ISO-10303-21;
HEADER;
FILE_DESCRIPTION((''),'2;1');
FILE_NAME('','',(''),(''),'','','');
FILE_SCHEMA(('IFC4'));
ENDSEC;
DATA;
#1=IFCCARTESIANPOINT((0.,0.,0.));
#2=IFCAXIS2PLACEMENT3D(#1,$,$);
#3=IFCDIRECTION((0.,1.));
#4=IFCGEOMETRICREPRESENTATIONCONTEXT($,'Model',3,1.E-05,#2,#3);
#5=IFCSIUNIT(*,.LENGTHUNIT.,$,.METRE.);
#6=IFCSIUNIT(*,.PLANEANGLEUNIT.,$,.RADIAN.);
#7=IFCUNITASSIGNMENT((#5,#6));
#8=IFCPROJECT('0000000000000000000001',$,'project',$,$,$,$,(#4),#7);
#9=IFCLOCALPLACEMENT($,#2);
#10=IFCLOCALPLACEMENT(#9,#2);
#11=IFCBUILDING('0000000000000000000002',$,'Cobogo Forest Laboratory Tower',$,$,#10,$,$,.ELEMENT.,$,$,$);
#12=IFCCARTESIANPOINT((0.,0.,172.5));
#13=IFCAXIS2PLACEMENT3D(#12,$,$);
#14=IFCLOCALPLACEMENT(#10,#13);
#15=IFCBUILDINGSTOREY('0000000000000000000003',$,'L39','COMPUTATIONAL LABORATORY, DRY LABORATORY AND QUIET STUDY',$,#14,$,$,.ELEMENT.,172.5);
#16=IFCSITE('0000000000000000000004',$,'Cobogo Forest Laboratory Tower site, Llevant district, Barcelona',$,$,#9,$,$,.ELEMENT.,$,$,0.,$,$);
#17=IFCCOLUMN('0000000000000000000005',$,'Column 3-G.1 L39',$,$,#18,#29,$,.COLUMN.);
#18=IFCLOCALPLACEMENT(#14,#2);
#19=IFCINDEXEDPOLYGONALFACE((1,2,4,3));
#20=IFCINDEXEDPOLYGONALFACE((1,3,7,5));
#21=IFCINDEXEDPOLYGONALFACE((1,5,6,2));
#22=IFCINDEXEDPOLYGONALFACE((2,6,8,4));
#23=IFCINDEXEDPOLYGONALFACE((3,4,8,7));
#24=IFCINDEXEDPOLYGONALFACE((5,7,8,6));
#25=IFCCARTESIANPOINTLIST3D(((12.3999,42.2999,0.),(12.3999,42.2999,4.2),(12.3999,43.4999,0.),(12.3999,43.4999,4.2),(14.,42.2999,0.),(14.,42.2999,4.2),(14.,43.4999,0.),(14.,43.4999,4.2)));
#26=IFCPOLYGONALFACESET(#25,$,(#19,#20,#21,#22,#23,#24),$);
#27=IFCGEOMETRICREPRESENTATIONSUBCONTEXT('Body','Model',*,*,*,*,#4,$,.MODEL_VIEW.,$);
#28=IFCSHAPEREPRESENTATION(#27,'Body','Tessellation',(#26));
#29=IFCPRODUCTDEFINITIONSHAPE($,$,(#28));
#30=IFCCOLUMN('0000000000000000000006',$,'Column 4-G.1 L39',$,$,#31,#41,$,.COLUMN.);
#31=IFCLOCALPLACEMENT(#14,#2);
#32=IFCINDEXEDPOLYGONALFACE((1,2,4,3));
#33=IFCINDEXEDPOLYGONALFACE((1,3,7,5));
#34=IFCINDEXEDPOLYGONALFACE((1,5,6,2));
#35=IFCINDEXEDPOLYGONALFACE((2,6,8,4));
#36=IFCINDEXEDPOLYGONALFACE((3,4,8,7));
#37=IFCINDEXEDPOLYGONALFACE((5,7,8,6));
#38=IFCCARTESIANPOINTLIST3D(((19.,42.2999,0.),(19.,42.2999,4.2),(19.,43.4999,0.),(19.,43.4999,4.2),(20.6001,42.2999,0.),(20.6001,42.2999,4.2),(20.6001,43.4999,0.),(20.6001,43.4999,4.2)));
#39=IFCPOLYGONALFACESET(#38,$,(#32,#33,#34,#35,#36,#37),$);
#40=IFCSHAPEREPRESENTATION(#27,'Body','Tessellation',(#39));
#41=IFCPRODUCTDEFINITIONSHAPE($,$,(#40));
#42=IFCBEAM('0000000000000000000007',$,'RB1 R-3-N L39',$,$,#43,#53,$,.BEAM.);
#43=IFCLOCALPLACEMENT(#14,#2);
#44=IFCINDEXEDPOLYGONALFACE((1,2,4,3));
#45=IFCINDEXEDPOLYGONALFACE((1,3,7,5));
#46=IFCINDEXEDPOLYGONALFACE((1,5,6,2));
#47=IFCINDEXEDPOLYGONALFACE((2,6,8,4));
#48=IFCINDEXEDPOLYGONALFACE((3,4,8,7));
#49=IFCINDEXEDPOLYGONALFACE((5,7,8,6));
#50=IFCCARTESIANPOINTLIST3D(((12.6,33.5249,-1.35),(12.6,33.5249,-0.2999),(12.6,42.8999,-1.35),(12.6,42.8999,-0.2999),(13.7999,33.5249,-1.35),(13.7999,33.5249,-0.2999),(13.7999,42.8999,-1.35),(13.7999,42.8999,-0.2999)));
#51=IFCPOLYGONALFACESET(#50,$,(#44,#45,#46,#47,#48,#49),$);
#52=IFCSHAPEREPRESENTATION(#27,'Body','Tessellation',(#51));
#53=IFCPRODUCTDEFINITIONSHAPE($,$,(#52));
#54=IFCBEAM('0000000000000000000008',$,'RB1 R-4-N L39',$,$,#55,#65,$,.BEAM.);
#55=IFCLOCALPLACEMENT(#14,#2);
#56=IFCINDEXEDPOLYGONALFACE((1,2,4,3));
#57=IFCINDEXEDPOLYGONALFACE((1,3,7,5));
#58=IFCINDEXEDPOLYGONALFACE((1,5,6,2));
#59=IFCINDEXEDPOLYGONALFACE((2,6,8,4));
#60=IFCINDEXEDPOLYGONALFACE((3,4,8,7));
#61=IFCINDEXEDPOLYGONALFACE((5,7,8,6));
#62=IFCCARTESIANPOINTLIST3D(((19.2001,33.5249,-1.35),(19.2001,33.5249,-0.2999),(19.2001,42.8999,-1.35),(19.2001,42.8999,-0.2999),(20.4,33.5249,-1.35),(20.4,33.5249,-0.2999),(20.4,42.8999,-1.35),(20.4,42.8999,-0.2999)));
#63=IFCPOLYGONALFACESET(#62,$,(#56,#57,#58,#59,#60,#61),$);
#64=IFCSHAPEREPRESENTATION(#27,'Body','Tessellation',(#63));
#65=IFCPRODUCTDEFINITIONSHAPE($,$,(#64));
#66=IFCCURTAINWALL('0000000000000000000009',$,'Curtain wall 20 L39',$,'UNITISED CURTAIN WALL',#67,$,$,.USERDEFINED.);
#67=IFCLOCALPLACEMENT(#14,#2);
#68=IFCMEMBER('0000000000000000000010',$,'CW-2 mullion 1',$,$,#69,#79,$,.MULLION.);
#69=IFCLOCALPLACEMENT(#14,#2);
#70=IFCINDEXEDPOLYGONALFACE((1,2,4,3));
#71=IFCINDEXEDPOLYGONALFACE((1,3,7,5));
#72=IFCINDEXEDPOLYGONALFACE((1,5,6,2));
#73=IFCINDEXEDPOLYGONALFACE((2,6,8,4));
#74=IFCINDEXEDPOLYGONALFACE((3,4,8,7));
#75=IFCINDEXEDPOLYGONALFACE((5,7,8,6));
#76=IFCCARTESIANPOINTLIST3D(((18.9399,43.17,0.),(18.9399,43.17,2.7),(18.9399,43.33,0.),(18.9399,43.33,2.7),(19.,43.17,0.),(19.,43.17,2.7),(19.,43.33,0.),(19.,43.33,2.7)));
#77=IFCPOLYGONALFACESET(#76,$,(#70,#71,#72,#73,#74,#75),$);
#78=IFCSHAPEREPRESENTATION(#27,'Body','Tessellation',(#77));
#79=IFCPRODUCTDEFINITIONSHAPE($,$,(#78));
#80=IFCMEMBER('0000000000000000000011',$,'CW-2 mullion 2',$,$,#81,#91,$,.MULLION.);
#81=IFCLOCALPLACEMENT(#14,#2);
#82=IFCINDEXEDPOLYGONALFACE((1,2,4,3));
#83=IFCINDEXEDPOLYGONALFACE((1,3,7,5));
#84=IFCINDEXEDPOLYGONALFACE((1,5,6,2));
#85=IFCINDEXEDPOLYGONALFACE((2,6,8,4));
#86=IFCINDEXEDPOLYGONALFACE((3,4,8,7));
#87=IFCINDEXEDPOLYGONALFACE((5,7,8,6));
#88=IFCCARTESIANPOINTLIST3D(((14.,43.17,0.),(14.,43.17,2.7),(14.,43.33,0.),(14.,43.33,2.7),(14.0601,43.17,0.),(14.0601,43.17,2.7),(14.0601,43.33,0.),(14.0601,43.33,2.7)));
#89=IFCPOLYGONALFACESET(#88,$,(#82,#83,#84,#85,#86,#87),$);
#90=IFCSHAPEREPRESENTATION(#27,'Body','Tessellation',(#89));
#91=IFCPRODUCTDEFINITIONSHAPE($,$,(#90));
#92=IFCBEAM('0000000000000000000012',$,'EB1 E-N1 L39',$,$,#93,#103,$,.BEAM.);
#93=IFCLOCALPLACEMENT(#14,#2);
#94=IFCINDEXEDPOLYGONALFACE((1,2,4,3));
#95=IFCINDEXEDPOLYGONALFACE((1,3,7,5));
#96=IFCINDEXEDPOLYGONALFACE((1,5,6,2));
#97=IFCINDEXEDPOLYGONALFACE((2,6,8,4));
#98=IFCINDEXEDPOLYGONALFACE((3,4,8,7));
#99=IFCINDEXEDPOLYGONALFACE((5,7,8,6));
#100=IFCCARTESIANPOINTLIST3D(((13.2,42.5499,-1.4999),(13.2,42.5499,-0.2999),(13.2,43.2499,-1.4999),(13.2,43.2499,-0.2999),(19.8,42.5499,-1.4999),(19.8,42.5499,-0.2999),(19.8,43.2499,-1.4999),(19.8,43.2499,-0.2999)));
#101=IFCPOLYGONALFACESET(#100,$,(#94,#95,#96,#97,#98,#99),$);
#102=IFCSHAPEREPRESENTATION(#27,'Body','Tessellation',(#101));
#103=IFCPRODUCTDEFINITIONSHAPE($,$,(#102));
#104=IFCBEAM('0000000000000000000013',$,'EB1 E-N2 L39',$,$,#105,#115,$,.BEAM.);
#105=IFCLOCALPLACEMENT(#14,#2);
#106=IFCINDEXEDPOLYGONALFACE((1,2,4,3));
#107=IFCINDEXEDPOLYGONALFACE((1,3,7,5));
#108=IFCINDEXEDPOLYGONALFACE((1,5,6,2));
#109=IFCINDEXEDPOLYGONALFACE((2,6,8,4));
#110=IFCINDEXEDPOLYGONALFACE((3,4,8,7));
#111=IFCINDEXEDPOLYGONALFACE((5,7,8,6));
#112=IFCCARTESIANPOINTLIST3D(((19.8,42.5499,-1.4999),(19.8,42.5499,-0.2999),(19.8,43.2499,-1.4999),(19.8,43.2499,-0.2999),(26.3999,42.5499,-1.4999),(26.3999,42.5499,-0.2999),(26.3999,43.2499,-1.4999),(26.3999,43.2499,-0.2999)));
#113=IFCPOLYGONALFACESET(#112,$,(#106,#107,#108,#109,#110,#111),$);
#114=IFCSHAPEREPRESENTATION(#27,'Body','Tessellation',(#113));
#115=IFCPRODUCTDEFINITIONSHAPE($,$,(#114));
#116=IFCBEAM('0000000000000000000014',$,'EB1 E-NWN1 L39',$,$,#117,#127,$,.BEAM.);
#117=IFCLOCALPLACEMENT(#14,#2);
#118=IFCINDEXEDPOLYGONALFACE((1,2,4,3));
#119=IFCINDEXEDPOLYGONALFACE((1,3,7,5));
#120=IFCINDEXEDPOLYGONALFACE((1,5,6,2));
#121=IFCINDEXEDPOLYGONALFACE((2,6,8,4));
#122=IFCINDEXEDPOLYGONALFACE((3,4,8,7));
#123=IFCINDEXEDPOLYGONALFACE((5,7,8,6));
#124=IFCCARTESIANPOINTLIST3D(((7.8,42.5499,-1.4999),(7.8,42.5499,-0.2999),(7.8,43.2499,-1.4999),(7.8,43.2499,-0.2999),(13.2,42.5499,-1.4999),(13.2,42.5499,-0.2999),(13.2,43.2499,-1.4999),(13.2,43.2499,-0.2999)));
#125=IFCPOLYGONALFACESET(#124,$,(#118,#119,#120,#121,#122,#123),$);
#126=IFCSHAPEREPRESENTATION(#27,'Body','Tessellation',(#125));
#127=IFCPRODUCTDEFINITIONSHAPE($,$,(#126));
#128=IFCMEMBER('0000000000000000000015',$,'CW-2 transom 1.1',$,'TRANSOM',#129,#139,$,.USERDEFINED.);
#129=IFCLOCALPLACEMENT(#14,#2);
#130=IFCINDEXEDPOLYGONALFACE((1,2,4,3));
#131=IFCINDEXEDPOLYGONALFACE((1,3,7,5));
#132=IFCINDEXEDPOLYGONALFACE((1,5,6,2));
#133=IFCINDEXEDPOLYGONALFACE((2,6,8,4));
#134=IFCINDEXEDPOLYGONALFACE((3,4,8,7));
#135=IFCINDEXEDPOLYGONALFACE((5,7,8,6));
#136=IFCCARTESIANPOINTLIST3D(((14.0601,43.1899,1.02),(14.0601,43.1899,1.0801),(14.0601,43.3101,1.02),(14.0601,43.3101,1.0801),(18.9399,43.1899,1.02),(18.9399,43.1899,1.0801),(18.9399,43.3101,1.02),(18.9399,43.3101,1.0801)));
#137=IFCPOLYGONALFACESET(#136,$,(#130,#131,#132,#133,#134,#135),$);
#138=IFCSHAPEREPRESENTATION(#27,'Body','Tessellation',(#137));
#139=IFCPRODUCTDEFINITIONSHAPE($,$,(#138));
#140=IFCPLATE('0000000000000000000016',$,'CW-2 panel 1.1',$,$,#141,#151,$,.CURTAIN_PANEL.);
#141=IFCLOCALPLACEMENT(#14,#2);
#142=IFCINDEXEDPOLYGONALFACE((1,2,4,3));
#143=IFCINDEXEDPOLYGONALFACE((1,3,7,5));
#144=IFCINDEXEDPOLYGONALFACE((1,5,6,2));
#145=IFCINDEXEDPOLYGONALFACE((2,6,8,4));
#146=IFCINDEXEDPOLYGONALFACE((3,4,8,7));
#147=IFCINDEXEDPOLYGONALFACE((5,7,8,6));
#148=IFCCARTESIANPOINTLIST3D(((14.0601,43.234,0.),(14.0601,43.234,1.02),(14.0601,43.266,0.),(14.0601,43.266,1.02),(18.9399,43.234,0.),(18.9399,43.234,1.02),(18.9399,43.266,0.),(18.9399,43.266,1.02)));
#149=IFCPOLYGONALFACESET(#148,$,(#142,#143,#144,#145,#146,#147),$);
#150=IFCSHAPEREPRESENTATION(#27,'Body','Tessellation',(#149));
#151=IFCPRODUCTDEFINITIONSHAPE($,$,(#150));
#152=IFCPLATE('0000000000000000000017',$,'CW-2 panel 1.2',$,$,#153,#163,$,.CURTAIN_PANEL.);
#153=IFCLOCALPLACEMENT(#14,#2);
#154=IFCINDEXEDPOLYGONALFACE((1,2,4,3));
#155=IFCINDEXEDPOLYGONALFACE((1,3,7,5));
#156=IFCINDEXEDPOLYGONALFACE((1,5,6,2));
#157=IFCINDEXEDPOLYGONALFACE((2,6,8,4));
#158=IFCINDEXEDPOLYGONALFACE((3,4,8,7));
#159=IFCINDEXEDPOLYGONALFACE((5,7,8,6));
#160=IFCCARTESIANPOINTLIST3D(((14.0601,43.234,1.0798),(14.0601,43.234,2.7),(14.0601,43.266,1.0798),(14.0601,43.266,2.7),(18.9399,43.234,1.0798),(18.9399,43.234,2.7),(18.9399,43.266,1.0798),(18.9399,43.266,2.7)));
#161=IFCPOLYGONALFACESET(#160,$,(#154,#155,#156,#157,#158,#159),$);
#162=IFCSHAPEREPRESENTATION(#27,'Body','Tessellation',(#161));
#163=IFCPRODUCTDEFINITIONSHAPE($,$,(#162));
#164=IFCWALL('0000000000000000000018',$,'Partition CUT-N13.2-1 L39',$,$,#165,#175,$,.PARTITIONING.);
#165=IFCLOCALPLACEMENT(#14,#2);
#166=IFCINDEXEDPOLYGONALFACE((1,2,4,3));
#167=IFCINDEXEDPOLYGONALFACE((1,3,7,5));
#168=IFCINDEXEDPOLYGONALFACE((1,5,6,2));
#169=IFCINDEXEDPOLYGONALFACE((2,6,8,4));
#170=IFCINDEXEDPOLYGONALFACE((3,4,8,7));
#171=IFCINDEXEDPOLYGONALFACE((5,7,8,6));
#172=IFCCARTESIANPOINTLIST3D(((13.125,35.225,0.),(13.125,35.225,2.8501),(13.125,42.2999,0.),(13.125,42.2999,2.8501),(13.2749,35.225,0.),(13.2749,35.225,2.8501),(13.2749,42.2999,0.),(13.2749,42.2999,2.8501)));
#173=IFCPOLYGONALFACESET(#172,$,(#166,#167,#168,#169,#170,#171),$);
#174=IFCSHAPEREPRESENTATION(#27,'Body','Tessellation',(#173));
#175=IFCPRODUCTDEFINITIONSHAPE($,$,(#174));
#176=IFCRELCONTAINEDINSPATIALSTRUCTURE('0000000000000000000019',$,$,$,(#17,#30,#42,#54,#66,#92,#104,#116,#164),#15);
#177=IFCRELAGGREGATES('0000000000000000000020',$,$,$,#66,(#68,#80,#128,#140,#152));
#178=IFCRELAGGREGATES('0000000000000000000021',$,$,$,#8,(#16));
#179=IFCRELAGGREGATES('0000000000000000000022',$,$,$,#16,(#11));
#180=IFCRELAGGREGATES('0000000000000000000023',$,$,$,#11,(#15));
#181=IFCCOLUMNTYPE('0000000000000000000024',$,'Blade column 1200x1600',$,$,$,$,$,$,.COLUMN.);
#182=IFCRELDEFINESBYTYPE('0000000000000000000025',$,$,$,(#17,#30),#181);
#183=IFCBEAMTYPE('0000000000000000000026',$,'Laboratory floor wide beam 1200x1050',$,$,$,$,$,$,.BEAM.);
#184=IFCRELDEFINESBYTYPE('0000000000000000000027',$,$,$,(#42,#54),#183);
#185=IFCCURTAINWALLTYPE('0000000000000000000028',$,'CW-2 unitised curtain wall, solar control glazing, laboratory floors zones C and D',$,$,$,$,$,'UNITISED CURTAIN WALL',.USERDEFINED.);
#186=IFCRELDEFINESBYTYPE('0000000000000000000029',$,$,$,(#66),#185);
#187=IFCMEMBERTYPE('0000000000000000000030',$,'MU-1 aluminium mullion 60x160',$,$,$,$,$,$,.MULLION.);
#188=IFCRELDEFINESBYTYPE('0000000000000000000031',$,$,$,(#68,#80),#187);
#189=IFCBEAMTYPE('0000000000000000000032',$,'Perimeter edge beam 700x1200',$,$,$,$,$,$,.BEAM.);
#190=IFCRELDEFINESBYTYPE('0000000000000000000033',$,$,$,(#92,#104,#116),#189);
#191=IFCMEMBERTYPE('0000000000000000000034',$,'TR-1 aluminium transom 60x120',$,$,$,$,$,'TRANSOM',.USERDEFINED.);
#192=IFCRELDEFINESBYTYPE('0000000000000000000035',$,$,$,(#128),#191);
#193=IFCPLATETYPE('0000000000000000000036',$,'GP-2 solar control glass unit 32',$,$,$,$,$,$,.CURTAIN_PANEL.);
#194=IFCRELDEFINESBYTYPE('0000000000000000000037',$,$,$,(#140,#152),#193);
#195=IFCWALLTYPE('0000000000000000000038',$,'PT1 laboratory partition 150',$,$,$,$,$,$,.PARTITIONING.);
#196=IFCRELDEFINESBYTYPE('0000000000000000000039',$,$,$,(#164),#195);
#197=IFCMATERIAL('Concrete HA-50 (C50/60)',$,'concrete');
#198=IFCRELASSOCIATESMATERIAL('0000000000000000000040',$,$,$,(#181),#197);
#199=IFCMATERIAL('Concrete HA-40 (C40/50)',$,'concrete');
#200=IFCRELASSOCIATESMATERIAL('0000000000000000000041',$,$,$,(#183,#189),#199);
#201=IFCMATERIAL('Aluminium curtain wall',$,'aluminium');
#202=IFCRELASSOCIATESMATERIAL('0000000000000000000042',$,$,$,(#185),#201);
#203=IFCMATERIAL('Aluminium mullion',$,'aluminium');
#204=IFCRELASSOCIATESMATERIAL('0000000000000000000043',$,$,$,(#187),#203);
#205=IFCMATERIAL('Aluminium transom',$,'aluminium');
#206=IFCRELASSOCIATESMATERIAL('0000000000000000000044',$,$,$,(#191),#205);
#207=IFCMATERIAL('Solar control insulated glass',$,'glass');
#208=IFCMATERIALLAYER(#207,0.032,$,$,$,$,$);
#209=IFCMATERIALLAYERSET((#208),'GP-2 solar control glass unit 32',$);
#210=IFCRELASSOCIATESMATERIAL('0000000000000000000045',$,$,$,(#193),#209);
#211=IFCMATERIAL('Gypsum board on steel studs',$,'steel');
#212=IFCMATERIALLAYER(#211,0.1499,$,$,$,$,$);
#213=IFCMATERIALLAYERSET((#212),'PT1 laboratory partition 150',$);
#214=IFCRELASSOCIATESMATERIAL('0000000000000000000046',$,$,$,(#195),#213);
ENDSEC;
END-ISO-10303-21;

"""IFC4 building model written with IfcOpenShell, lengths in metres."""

from ifc_helpers import new_model, si_unit, direction, frame, frame_2d, origin, origin_2d, place, context, subcontext, project, spatial, rectangle, extrude, material, layer, layer_set, material_profile, profile_set, type_object, element, aggregate, save


model = new_model("IFC4")

# Units and contexts
model_context = context("Model", 3, precision=1e-05, world=origin(), true_north=direction((0.0, 1.0)))
body_context = subcontext(model_context, "Body", "Model", "MODEL_VIEW")
ifc_project = project(units=[si_unit("LENGTHUNIT", "METRE"), si_unit("PLANEANGLEUNIT", "RADIAN")], contexts=[model_context])

# Site, building, storey
site_placement = place(None, origin())
site = spatial("IfcSite", under=ifc_project, at=site_placement, Name="Cobogo Forest Laboratory Tower site, Llevant district, Barcelona", CompositionType="ELEMENT", RefElevation=0.0)
building_placement = place(site_placement, origin())
building = spatial("IfcBuilding", under=site, at=building_placement, Name="Cobogo Forest Laboratory Tower", CompositionType="ELEMENT")
storey_placement = place(building_placement, frame((0.0, 0.0, 172.5)))
storey = spatial("IfcBuildingStorey", under=building, at=storey_placement, Name="L39", Description="COMPUTATIONAL LABORATORY, DRY LABORATORY AND QUIET STUDY", CompositionType="ELEMENT", Elevation=172.5)

# Columns
ifc_material_1 = material(Name="Concrete HA-50 (C50/60)", Category="concrete")
ifc_material_profile_1 = material_profile(ifc_material_1, rectangle(XDim=1.6001, YDim=1.2, at=origin_2d()), Name="RC 1200x1600")
ifc_profile_set_1 = profile_set([ifc_material_profile_1], Name="Concrete HA-50 (C50/60)")
column_type = type_object("IfcColumnType", Name="Blade column 1200x1600", PredefinedType="COLUMN", material=ifc_profile_set_1)
for number, where, z_axis, x_axis, name in (
    (1, (13.2, 42.8999, 0.0), (0.0, 0.0, 1.0), (1.0, 0.0, 0.0), "Column 3-G.1 L39"),
    (2, (19.8, 42.8999, 0.0), (0.0, 0.0, 1.0), (1.0, 0.0, 0.0), "Column 4-G.1 L39"),
):
    element("IfcColumn", number, at=place(storey_placement, frame(where, z_axis=z_axis, x_axis=x_axis)), inside=storey, type_object=column_type, Name=name, PredefinedType="COLUMN", context=body_context, shape_type="SweptSolid", body=[
        extrude(rectangle(XDim=1.6001, YDim=1.2, at=origin_2d()), origin(), (0.0, 0.0, 1.0), 4.2),
    ])

# Beams
ifc_material_2 = material(Name="Concrete HA-40 (C40/50)", Category="concrete")
ifc_material_profile_2 = material_profile(ifc_material_2, rectangle(XDim=1.2, YDim=1.05, at=origin_2d()), Name="RC 1200x1050")
ifc_profile_set_2 = profile_set([ifc_material_profile_2], Name="Concrete HA-40 (C40/50)")
beam_type_1 = type_object("IfcBeamType", Name="Laboratory floor wide beam 1200x1050", PredefinedType="BEAM", material=ifc_profile_set_2)
for number, where, z_axis, x_axis, name in (
    (3, (13.2, 33.5249, -0.825), (0.0, 1.0, 0.0), (-1.0, 0.0, 0.0), "RB1 R-3-N L39"),
    (4, (19.8, 33.5249, -0.825), (0.0, 1.0, 0.0), (-1.0, 0.0, 0.0), "RB1 R-4-N L39"),
):
    element("IfcBeam", number, at=place(storey_placement, frame(where, z_axis=z_axis, x_axis=x_axis)), inside=storey, type_object=beam_type_1, Name=name, PredefinedType="BEAM", context=body_context, shape_type="SweptSolid", body=[
        extrude(rectangle(XDim=1.2, YDim=1.05, at=origin_2d()), origin(), (0.0, 0.0, 1.0), 9.375),
    ])

# Curtain wall, members
ifc_material_3 = material(Name="Aluminium curtain wall", Category="aluminium")
curtain_wall_type = type_object("IfcCurtainWallType", Name="CW-2 unitised curtain wall, solar control glazing, laboratory floors zones C and D", ElementType="UNITISED CURTAIN WALL", PredefinedType="USERDEFINED", material=ifc_material_3)
curtain_wall_placement = place(storey_placement, origin())
curtain_wall = element("IfcCurtainWall", 5, at=curtain_wall_placement, inside=storey, type_object=curtain_wall_type, Name="Curtain wall 20 L39", ObjectType="UNITISED CURTAIN WALL", PredefinedType="USERDEFINED")
ifc_material_4 = material(Name="Aluminium mullion", Category="aluminium")
ifc_material_profile_3 = material_profile(ifc_material_4, rectangle(XDim=0.0601, YDim=0.1599, at=origin_2d()), Name="AL 60x160")
ifc_profile_set_3 = profile_set([ifc_material_profile_3], Name="Aluminium mullion")
member_type_1 = type_object("IfcMemberType", Name="MU-1 aluminium mullion 60x160", PredefinedType="MULLION", material=ifc_profile_set_3)
member_1_placement = place(storey_placement, frame((18.97, 43.25, 0.0), z_axis=(0.0, 0.0, 1.0), x_axis=(-1.0, 0.0, 0.0)))
member_1 = element("IfcMember", 6, at=member_1_placement, type_object=member_type_1, Name="CW-2 mullion 1", PredefinedType="MULLION", context=body_context, shape_type="SweptSolid", body=[
    extrude(rectangle(XDim=0.0601, YDim=0.1599, at=origin_2d()), origin(), (0.0, 0.0, 1.0), 2.7),
])
member_2_placement = place(storey_placement, frame((14.03, 43.25, 0.0), z_axis=(0.0, 0.0, 1.0), x_axis=(-1.0, 0.0, 0.0)))
member_2 = element("IfcMember", 7, at=member_2_placement, type_object=member_type_1, Name="CW-2 mullion 2", PredefinedType="MULLION", context=body_context, shape_type="SweptSolid", body=[
    extrude(rectangle(XDim=0.0601, YDim=0.1599, at=origin_2d()), origin(), (0.0, 0.0, 1.0), 2.7),
])

# Beams
ifc_material_profile_4 = material_profile(ifc_material_2, rectangle(XDim=0.7, YDim=1.2, at=origin_2d()), Name="RC 700x1200")
ifc_profile_set_4 = profile_set([ifc_material_profile_4], Name="Concrete HA-40 (C40/50)")
beam_type_2 = type_object("IfcBeamType", Name="Perimeter edge beam 700x1200", PredefinedType="BEAM", material=ifc_profile_set_4)
beam_1_placement = place(storey_placement, frame((13.2, 42.8999, -0.8999), z_axis=(1.0, 0.0, 0.0), x_axis=(0.0, 1.0, 0.0)))
element("IfcBeam", 8, at=beam_1_placement, inside=storey, type_object=beam_type_2, Name="EB1 E-N1 L39", PredefinedType="BEAM", context=body_context, shape_type="SweptSolid", body=[
    extrude(rectangle(XDim=0.7, YDim=1.2, at=origin_2d()), origin(), (0.0, 0.0, 1.0), 6.6001),
])
beam_2_placement = place(storey_placement, frame((19.8, 42.8999, -0.8999), z_axis=(1.0, 0.0, 0.0), x_axis=(0.0, 1.0, 0.0)))
element("IfcBeam", 9, at=beam_2_placement, inside=storey, type_object=beam_type_2, Name="EB1 E-N2 L39", PredefinedType="BEAM", context=body_context, shape_type="SweptSolid", body=[
    extrude(rectangle(XDim=0.7, YDim=1.2, at=origin_2d()), origin(), (0.0, 0.0, 1.0), 6.5999),
])
beam_3_placement = place(storey_placement, frame((13.2, 42.8999, -0.8999), z_axis=(-1.0, 0.0, 0.0), x_axis=(0.0, -1.0, 0.0)))
element("IfcBeam", 10, at=beam_3_placement, inside=storey, type_object=beam_type_2, Name="EB1 E-NWN1 L39", PredefinedType="BEAM", context=body_context, shape_type="SweptSolid", body=[
    extrude(rectangle(XDim=0.7, YDim=1.2, at=origin_2d()), origin(), (0.0, 0.0, 1.0), 5.3999),
])

# Member
ifc_material_5 = material(Name="Aluminium transom", Category="aluminium")
ifc_material_profile_5 = material_profile(ifc_material_5, rectangle(XDim=0.1201, YDim=0.0601, at=origin_2d()), Name="AL 60x120")
ifc_profile_set_5 = profile_set([ifc_material_profile_5], Name="Aluminium transom")
member_type_2 = type_object("IfcMemberType", Name="TR-1 aluminium transom 60x120", ElementType="TRANSOM", PredefinedType="USERDEFINED", material=ifc_profile_set_5)
member_3_placement = place(storey_placement, frame((18.9399, 43.25, 1.05), z_axis=(-1.0, 0.0, 0.0), x_axis=(0.0, -1.0, 0.0)))
member_3 = element("IfcMember", 11, at=member_3_placement, type_object=member_type_2, Name="CW-2 transom 1.1", ObjectType="TRANSOM", PredefinedType="USERDEFINED", context=body_context, shape_type="SweptSolid", body=[
    extrude(rectangle(XDim=0.1201, YDim=0.0601, at=origin_2d()), origin(), (0.0, 0.0, 1.0), 4.8799),
])

# Plates
ifc_material_6 = material(Name="Solar control insulated glass", Category="glass")
ifc_layer_1 = layer(ifc_material_6, 0.032)
ifc_layer_set_1 = layer_set([ifc_layer_1], Name="GP-2 solar control glass unit 32")
plate_type_1 = type_object("IfcPlateType", Name="GP-2 solar control glass unit 32", PredefinedType="CURTAIN_PANEL", material=ifc_layer_set_1)
plate_1_placement = place(storey_placement, frame((16.5, 43.25, 0.0), z_axis=(0.0, 0.0, 1.0), x_axis=(-1.0, 0.0, 0.0)))
plate_1 = element("IfcPlate", 12, at=plate_1_placement, type_object=plate_type_1, Name="CW-2 panel 1.1", PredefinedType="CURTAIN_PANEL", context=body_context, shape_type="SweptSolid", body=[
    extrude(rectangle(XDim=4.8799, YDim=0.032, at=origin_2d()), origin(), (0.0, 0.0, 1.0), 1.02),
])
plate_2_placement = place(storey_placement, frame((16.5, 43.25, 1.0798), z_axis=(0.0, 0.0, 1.0), x_axis=(-1.0, 0.0, 0.0)))
plate_2 = element("IfcPlate", 13, at=plate_2_placement, type_object=plate_type_1, Name="CW-2 panel 1.2", PredefinedType="CURTAIN_PANEL", context=body_context, shape_type="SweptSolid", body=[
    extrude(rectangle(XDim=4.8799, YDim=0.032, at=origin_2d()), origin(), (0.0, 0.0, 1.0), 1.6201),
])
aggregate(curtain_wall, [member_1, member_2, member_3, plate_1, plate_2])

# Wall
ifc_material_7 = material(Name="Gypsum board on steel studs", Category="steel")
ifc_layer_2 = layer(ifc_material_7, 0.1499)
ifc_layer_set_2 = layer_set([ifc_layer_2], Name="PT1 laboratory partition 150")
wall_type = type_object("IfcWallType", Name="PT1 laboratory partition 150", PredefinedType="PARTITIONING", material=ifc_layer_set_2)
wall_placement = place(storey_placement, frame((13.2, 42.3, 0.0), z_axis=(0.0, 0.0, 1.0), x_axis=(0.0, -1.0, 0.0)))
element("IfcWall", 14, at=wall_placement, inside=storey, type_object=wall_type, Name="Partition CUT-N13.2-1 L39", PredefinedType="PARTITIONING", context=body_context, shape_type="SweptSolid", body=[
    extrude(rectangle(XDim=7.075, YDim=0.1499, at=frame_2d((3.5376, 0.0))), origin(), (0.0, 0.0, 1.0), 2.8501),
])

save(model, "model.ifc")
